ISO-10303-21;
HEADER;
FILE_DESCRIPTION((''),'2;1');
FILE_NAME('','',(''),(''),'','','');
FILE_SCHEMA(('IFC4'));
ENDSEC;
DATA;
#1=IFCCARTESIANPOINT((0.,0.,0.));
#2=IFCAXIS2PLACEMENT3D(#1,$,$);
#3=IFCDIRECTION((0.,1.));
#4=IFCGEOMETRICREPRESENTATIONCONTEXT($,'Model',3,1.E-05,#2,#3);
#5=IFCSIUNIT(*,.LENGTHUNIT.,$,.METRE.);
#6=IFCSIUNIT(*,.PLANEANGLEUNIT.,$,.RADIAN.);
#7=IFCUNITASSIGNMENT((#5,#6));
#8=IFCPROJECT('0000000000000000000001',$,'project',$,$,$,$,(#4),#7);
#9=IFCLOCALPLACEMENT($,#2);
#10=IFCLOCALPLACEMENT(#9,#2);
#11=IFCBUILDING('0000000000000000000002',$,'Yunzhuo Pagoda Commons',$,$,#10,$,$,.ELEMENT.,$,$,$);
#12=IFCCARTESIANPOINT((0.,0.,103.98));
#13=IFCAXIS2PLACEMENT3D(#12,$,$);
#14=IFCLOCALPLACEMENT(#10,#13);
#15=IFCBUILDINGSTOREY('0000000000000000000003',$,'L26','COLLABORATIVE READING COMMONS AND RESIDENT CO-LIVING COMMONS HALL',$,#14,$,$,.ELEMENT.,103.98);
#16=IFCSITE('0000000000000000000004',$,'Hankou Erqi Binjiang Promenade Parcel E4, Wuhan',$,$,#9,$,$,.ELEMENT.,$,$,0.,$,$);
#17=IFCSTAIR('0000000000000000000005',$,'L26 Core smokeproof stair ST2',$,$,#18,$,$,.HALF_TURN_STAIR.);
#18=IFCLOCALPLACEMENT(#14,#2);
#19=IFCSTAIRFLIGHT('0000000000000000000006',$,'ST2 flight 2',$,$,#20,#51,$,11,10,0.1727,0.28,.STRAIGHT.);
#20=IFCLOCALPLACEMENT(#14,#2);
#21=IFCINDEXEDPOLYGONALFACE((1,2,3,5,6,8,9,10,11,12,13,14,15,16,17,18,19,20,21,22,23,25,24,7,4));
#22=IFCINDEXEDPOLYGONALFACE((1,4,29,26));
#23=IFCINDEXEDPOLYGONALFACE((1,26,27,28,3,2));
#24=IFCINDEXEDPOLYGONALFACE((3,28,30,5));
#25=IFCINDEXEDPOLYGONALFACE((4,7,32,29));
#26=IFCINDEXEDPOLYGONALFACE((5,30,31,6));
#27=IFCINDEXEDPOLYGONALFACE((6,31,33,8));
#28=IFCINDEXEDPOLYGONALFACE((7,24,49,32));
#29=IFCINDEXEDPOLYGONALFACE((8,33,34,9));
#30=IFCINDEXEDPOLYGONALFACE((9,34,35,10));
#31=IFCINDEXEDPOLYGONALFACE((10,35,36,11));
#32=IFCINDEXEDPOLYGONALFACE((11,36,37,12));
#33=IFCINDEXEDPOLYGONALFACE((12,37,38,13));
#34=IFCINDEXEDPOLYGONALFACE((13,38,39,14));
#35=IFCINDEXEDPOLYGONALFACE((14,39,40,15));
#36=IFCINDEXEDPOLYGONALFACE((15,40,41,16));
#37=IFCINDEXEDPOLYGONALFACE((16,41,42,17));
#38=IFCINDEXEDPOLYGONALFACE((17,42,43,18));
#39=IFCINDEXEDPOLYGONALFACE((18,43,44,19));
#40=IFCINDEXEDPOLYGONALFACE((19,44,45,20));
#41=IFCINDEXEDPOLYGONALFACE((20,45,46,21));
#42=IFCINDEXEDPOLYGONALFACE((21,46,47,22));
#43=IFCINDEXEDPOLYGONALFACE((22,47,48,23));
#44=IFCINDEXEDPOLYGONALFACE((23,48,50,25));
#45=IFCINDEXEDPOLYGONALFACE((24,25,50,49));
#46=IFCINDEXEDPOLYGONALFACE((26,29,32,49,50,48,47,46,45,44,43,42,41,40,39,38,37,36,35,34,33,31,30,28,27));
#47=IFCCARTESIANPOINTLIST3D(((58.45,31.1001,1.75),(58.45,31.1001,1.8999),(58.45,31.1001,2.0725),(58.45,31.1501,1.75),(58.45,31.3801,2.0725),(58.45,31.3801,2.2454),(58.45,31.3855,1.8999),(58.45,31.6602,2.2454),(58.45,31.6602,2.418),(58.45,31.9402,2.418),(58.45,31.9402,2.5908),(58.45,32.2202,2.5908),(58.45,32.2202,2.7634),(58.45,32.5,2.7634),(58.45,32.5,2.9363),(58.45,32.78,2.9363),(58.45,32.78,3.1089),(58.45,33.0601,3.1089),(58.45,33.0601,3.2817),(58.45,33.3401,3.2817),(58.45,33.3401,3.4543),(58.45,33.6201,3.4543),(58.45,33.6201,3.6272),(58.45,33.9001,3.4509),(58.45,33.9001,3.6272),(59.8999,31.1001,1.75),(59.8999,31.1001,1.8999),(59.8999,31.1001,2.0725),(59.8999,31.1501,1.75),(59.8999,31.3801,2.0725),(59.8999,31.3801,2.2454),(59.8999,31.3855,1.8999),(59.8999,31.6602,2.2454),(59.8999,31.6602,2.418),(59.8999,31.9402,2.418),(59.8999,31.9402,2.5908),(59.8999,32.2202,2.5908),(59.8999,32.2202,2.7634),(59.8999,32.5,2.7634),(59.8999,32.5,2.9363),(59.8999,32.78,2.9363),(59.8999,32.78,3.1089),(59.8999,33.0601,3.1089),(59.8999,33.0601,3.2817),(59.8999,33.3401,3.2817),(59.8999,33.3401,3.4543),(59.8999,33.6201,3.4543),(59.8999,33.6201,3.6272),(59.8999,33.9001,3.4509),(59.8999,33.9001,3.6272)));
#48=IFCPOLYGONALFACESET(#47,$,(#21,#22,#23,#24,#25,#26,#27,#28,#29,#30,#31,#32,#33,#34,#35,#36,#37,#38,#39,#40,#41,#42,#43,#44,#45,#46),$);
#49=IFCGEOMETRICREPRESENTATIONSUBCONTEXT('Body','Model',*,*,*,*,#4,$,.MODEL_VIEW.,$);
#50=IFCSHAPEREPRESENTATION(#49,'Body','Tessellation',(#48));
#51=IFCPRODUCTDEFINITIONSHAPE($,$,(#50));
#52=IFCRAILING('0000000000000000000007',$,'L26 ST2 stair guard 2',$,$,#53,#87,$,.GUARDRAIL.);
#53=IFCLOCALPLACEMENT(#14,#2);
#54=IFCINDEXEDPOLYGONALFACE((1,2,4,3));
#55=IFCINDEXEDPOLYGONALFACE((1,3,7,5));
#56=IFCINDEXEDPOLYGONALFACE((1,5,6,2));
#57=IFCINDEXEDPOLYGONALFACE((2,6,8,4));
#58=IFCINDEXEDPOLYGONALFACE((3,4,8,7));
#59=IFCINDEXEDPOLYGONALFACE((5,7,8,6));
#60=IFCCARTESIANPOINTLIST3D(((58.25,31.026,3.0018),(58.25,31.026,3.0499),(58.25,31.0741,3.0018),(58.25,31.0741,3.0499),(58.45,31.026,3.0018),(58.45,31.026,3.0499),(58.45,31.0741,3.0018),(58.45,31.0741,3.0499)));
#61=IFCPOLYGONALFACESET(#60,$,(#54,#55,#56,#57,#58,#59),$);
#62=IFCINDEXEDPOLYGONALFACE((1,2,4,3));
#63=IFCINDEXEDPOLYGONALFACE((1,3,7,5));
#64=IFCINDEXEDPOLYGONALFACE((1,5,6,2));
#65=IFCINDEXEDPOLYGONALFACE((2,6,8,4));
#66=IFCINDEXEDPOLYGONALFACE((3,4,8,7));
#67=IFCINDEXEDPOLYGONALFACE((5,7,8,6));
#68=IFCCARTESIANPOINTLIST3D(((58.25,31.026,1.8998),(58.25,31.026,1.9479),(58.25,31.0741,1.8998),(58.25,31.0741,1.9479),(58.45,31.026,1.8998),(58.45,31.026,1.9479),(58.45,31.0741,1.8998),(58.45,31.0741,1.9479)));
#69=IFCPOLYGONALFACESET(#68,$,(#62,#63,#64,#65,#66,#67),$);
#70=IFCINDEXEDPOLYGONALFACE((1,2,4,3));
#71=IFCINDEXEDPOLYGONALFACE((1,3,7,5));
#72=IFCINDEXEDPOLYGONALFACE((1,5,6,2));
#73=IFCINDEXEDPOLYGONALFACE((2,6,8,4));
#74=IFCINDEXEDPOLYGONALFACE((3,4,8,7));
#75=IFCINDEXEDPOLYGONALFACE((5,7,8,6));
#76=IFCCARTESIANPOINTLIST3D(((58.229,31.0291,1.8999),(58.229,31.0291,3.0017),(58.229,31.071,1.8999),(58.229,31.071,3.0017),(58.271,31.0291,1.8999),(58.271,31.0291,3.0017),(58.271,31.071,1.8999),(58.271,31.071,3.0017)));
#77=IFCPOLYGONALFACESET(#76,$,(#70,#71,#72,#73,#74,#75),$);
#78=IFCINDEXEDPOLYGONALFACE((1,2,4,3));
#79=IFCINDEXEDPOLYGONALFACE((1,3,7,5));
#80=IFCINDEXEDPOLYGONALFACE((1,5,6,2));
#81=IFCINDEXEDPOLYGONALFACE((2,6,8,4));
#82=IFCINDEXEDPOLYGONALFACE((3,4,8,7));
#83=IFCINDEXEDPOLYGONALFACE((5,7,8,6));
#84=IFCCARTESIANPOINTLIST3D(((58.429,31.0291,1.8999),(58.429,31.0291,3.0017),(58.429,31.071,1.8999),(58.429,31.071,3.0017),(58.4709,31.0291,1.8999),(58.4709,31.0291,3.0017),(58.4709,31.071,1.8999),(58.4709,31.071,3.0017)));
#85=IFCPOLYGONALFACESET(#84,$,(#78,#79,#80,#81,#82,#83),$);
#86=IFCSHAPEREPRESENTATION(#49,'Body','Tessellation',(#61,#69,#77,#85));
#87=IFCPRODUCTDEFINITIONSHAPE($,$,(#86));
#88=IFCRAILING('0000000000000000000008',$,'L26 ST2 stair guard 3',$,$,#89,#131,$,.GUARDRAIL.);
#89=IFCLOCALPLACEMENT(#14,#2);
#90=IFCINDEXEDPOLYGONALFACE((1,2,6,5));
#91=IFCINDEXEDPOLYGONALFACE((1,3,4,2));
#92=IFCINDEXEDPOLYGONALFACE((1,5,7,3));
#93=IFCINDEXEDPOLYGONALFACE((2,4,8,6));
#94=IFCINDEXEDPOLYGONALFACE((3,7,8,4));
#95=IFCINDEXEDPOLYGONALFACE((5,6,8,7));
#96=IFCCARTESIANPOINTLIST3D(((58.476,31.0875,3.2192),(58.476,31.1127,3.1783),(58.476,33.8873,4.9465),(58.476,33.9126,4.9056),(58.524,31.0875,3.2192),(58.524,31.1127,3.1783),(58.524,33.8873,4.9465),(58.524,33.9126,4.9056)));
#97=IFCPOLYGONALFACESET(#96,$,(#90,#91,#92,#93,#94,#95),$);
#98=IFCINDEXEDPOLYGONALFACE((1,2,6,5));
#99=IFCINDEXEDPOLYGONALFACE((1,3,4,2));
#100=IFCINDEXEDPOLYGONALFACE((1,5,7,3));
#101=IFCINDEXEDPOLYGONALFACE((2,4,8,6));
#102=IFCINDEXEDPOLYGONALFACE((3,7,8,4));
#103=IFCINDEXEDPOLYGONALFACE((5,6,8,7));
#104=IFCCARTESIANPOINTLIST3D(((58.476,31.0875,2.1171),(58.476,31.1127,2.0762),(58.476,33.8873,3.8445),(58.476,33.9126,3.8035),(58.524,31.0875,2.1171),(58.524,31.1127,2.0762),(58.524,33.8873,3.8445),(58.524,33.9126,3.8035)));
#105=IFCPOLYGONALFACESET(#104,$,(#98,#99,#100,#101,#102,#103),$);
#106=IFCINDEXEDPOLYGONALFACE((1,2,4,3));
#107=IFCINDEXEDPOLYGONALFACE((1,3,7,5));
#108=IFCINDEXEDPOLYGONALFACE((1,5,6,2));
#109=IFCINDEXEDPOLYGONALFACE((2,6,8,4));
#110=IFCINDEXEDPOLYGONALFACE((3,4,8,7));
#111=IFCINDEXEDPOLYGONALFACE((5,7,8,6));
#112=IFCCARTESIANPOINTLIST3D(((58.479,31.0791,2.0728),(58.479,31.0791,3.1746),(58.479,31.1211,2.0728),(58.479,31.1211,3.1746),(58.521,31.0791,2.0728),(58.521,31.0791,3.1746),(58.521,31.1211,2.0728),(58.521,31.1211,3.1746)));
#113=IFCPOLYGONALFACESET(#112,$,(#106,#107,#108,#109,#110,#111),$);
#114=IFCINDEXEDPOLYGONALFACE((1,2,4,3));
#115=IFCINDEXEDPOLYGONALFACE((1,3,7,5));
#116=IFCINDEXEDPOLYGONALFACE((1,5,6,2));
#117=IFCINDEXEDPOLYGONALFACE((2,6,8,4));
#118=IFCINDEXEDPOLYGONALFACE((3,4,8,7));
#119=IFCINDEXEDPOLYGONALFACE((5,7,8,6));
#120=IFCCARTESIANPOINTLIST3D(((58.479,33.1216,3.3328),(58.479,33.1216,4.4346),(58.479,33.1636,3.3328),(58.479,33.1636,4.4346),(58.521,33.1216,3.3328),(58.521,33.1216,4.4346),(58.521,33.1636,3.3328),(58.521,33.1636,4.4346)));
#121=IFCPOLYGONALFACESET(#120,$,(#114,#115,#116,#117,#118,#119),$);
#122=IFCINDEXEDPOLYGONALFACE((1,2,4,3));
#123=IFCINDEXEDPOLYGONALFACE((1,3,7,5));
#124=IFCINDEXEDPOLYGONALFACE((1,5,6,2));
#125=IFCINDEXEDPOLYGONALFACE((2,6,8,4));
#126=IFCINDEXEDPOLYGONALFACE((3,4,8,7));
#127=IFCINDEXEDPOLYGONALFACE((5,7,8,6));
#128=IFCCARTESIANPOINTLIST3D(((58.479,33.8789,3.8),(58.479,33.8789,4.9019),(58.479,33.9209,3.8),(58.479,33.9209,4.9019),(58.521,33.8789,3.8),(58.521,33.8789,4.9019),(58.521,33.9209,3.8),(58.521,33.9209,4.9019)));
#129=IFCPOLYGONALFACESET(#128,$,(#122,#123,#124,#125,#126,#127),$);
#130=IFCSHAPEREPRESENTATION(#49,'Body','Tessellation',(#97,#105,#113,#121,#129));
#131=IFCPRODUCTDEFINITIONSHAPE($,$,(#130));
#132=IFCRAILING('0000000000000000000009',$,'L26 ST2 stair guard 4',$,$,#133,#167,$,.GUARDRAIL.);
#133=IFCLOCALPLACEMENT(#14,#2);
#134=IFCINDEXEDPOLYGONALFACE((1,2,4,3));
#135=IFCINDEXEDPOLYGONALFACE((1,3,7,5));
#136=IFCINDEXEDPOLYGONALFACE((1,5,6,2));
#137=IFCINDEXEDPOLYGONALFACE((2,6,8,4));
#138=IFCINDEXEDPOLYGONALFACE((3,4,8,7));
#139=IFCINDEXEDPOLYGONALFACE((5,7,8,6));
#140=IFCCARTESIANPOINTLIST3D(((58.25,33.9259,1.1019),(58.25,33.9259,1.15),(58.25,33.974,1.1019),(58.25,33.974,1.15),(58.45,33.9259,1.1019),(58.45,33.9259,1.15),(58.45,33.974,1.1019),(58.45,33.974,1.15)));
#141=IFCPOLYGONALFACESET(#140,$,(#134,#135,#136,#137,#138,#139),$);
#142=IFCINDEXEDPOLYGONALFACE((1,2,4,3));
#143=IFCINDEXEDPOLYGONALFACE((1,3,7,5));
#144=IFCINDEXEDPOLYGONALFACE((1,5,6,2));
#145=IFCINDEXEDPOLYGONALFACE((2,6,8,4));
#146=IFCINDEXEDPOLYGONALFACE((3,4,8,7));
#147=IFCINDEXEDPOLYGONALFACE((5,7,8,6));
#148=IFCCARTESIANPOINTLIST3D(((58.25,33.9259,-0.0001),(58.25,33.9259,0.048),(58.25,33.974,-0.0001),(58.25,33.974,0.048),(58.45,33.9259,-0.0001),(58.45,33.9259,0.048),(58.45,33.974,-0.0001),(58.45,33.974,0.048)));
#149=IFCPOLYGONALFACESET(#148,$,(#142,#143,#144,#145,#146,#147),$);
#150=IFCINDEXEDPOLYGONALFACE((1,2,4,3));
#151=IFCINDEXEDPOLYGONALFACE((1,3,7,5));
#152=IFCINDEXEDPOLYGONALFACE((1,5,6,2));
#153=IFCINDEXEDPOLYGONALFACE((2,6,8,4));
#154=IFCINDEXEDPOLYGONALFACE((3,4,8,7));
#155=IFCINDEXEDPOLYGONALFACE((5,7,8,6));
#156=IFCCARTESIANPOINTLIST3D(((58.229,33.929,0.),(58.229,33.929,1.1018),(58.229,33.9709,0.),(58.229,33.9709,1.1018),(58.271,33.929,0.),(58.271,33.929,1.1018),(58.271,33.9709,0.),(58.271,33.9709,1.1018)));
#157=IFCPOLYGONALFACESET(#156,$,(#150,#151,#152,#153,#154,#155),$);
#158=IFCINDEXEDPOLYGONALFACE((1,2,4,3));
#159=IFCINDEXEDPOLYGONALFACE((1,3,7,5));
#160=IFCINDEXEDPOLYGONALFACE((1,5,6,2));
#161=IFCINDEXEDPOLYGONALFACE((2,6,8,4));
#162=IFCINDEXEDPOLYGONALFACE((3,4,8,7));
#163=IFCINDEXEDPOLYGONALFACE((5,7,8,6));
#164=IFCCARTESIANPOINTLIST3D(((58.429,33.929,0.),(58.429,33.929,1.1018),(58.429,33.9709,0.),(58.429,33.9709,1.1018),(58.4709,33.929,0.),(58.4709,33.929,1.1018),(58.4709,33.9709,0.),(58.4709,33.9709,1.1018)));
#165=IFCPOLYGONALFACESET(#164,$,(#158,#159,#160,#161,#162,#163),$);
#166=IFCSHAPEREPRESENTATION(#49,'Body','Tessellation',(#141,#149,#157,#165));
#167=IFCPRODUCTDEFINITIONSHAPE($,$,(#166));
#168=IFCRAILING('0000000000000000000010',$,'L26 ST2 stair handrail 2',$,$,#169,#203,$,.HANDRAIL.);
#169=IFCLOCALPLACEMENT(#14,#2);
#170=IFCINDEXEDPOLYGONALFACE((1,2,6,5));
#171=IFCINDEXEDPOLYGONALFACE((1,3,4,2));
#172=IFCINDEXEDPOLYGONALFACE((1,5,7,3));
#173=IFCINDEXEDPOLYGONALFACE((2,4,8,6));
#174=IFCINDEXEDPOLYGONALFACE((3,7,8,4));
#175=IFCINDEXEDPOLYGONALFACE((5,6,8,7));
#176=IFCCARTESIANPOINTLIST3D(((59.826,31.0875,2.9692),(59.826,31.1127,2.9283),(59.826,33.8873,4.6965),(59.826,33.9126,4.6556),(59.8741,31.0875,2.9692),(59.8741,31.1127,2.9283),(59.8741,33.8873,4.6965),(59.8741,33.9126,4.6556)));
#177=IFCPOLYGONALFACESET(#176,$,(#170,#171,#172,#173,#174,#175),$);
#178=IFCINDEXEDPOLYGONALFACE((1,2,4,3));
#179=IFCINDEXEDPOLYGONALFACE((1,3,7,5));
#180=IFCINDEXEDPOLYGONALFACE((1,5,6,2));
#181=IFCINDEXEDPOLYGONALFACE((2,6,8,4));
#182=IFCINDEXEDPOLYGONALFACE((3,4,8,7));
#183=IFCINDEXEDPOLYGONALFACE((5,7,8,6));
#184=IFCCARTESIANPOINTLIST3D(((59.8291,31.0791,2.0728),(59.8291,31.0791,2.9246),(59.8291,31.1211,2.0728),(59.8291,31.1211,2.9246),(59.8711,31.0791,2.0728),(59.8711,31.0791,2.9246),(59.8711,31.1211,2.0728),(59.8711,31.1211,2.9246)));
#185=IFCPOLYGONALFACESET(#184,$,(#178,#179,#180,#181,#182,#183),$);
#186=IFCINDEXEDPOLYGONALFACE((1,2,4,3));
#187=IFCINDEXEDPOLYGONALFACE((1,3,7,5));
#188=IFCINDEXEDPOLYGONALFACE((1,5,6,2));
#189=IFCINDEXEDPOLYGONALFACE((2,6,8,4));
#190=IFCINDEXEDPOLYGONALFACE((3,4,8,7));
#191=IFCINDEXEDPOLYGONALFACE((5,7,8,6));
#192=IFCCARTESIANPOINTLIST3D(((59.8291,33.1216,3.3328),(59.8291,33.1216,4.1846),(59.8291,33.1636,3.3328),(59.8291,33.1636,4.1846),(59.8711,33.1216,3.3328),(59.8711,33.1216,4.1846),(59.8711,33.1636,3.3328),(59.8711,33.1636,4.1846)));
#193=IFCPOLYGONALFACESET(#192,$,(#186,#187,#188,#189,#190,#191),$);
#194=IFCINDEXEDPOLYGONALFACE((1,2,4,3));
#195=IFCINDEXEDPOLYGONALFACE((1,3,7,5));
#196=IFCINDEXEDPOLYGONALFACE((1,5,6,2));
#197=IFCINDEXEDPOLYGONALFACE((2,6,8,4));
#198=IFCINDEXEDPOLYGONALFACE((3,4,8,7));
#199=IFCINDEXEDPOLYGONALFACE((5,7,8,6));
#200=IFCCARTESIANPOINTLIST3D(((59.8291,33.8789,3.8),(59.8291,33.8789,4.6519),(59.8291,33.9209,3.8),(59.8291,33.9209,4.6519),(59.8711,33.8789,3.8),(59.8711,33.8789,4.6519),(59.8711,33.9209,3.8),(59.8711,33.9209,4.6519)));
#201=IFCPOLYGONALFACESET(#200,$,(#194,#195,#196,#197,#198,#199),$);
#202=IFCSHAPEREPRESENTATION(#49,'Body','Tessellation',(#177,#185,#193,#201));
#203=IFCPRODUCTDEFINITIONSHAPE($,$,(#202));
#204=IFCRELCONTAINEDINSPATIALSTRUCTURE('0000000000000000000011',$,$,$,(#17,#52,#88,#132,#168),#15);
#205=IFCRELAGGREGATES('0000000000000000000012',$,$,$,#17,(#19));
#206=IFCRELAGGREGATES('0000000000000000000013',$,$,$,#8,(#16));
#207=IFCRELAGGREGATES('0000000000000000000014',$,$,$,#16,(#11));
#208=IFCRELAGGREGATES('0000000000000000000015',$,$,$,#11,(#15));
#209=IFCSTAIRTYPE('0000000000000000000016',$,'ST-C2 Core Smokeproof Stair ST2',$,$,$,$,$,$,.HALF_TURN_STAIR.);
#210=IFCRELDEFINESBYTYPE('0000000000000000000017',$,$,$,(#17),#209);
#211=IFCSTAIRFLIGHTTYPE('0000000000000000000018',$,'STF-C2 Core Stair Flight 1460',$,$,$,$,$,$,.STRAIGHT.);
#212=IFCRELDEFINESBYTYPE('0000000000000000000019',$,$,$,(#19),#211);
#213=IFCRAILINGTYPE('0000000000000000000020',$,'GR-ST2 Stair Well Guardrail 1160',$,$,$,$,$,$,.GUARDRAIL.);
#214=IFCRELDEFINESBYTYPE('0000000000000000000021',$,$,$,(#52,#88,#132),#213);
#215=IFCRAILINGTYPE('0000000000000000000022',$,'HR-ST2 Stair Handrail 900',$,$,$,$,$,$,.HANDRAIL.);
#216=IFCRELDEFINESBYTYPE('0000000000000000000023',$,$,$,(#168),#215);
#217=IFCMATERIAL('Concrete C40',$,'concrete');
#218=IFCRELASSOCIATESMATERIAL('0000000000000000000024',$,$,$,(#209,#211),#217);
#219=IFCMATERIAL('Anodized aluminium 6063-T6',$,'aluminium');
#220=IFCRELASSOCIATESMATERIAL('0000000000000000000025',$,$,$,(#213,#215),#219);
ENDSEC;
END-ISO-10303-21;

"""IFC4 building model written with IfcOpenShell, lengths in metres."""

from ifc_helpers import new_model, si_unit, direction, frame, origin, origin_2d, place, context, subcontext, project, spatial, polyline, rectangle, outline, extrude, source, transform, mapped, material, type_object, element, aggregate, save


model = new_model("IFC4")

# Units and contexts
model_context = context("Model", 3, precision=1e-05, world=origin(), true_north=direction((0.0, 1.0)))
body_context = subcontext(model_context, "Body", "Model", "MODEL_VIEW")
ifc_project = project(units=[si_unit("LENGTHUNIT", "METRE"), si_unit("PLANEANGLEUNIT", "RADIAN")], contexts=[model_context])

# Site, building, storey
site_placement = place(None, origin())
site = spatial("IfcSite", under=ifc_project, at=site_placement, Name="Hankou Erqi Binjiang Promenade Parcel E4, Wuhan", CompositionType="ELEMENT", RefElevation=0.0)
building_placement = place(site_placement, origin())
building = spatial("IfcBuilding", under=site, at=building_placement, Name="Yunzhuo Pagoda Commons", CompositionType="ELEMENT")
storey_placement = place(building_placement, frame((0.0, 0.0, 103.98)))
storey = spatial("IfcBuildingStorey", under=building, at=storey_placement, Name="L26", Description="COLLABORATIVE READING COMMONS AND RESIDENT CO-LIVING COMMONS HALL", CompositionType="ELEMENT", Elevation=103.98)

# Shared definitions
ifc_material_1 = material(Name="Anodized aluminium 6063-T6", Category="aluminium")

# Stair, stair flight
ifc_material_2 = material(Name="Concrete C40", Category="concrete")
stair_type = type_object("IfcStairType", Name="ST-C2 Core Smokeproof Stair ST2", PredefinedType="HALF_TURN_STAIR", material=ifc_material_2)
stair_placement = place(storey_placement, origin())
stair = element("IfcStair", 1, at=stair_placement, inside=storey, type_object=stair_type, Name="L26 Core smokeproof stair ST2", PredefinedType="HALF_TURN_STAIR")
stair_flight_type = type_object("IfcStairFlightType", Name="STF-C2 Core Stair Flight 1460", PredefinedType="STRAIGHT", material=ifc_material_2)
shared_shape_1 = source(origin(), body_context, "Body", "SweptSolid", [
    extrude(outline(polyline([(0.0, -0.1499), (0.0, 0.0), (0.0, 0.1726), (0.28, 0.1726), (0.28, 0.3455), (0.5601, 0.3455), (0.5601, 0.5181), (0.8401, 0.5181), (0.8401, 0.6909), (1.1201, 0.6909), (1.1201, 0.8635), (1.3999, 0.8635), (1.3999, 1.0364), (1.6799, 1.0364), (1.6799, 1.209), (1.96, 1.209), (1.96, 1.3818), (2.24, 1.3818), (2.24, 1.5544), (2.52, 1.5544), (2.52, 1.7273), (2.8, 1.7273), (2.8, 1.8999), (2.8, 1.551), (0.2854, 0.0), (0.05, -0.1499), (0.0, -0.1499)])), frame((0.0, 0.7251, 0.0), z_axis=(0.0, -1.0, 0.0), x_axis=(1.0, 0.0, 0.0)), (0.0, 0.0, 1.0), 1.45),
])
stair_flight_placement = place(storey_placement, frame((59.175, 31.1001, 1.8999), z_axis=(0.0, 0.0, 1.0), x_axis=(0.0, 1.0, 0.0)))
stair_flight = element("IfcStairFlight", 2, at=stair_flight_placement, type_object=stair_flight_type, Name="ST2 flight 2", NumberOfRisers=11, NumberOfTreads=10, PredefinedType="STRAIGHT", RiserHeight=0.1727, TreadLength=0.28, context=body_context, shape_type="MappedRepresentation", body=[
    mapped(shared_shape_1, transform((0.0, 0.0, 0.0), scale=1.0)),
])
aggregate(stair, [stair_flight])

# Railings
railing_type_1 = type_object("IfcRailingType", Name="GR-ST2 Stair Well Guardrail 1160", PredefinedType="GUARDRAIL", material=ifc_material_1)
railing_1_placement = place(storey_placement, frame((58.25, 31.05, 1.8999)))
element("IfcRailing", 3, at=railing_1_placement, inside=storey, type_object=railing_type_1, Name="L26 ST2 stair guard 2", PredefinedType="GUARDRAIL", context=body_context, shape_type="SweptSolid", body=[
    extrude(rectangle(XDim=0.0481, YDim=0.0481, at=origin_2d()), frame((0.0, 0.0, 1.126), z_axis=(1.0, 0.0, 0.0), x_axis=(0.0, 1.0, 0.0)), (0.0, 0.0, 1.0), 0.2),
    extrude(rectangle(XDim=0.0481, YDim=0.0481, at=origin_2d()), frame((0.0, 0.0, 0.0239), z_axis=(1.0, 0.0, 0.0), x_axis=(0.0, 1.0, 0.0)), (0.0, 0.0, 1.0), 0.2),
    extrude(rectangle(XDim=0.042, YDim=0.042, at=origin_2d()), origin(), (0.0, 0.0, 1.0), 1.1018),
    extrude(rectangle(XDim=0.042, YDim=0.042, at=origin_2d()), frame((0.2, 0.0, 0.0)), (0.0, 0.0, 1.0), 1.1018),
])
railing_2_placement = place(storey_placement, frame((58.5, 31.1001, 2.0728)))
element("IfcRailing", 4, at=railing_2_placement, inside=storey, type_object=railing_type_1, Name="L26 ST2 stair guard 3", PredefinedType="GUARDRAIL", context=body_context, shape_type="SweptSolid", body=[
    extrude(rectangle(XDim=0.0481, YDim=0.0481, at=origin_2d()), frame((0.0, 0.0, 1.126), z_axis=(0.0, 0.851069, 0.525054), x_axis=(-1.0, 0.0, 0.0)), (0.0, 0.0, 1.0), 3.2898),
    extrude(rectangle(XDim=0.0481, YDim=0.0481, at=origin_2d()), frame((0.0, 0.0, 0.0239), z_axis=(0.0, 0.851069, 0.525054), x_axis=(-1.0, 0.0, 0.0)), (0.0, 0.0, 1.0), 3.2898),
    extrude(rectangle(XDim=0.042, YDim=0.042, at=origin_2d()), origin(), (0.0, 0.0, 1.0), 1.1018),
    extrude(rectangle(XDim=0.042, YDim=0.042, at=origin_2d()), frame((0.0, 2.0425, 1.26)), (0.0, 0.0, 1.0), 1.1018),
    extrude(rectangle(XDim=0.042, YDim=0.042, at=origin_2d()), frame((0.0, 2.7998, 1.7273)), (0.0, 0.0, 1.0), 1.1018),
])
railing_3_placement = place(storey_placement, frame((58.25, 33.95, 0.0)))
element("IfcRailing", 5, at=railing_3_placement, inside=storey, type_object=railing_type_1, Name="L26 ST2 stair guard 4", PredefinedType="GUARDRAIL", context=body_context, shape_type="SweptSolid", body=[
    extrude(rectangle(XDim=0.0481, YDim=0.0481, at=origin_2d()), frame((0.0, 0.0, 1.126), z_axis=(1.0, 0.0, 0.0), x_axis=(0.0, 1.0, 0.0)), (0.0, 0.0, 1.0), 0.2),
    extrude(rectangle(XDim=0.0481, YDim=0.0481, at=origin_2d()), frame((0.0, 0.0, 0.0239), z_axis=(1.0, 0.0, 0.0), x_axis=(0.0, 1.0, 0.0)), (0.0, 0.0, 1.0), 0.2),
    extrude(rectangle(XDim=0.042, YDim=0.042, at=origin_2d()), origin(), (0.0, 0.0, 1.0), 1.1018),
    extrude(rectangle(XDim=0.042, YDim=0.042, at=origin_2d()), frame((0.2, 0.0, 0.0)), (0.0, 0.0, 1.0), 1.1018),
])
railing_type_2 = type_object("IfcRailingType", Name="HR-ST2 Stair Handrail 900", PredefinedType="HANDRAIL", material=ifc_material_1)
railing_4_placement = place(storey_placement, frame((59.8501, 31.1001, 2.0728)))
element("IfcRailing", 6, at=railing_4_placement, inside=storey, type_object=railing_type_2, Name="L26 ST2 stair handrail 2", PredefinedType="HANDRAIL", context=body_context, shape_type="SweptSolid", body=[
    extrude(rectangle(XDim=0.0481, YDim=0.0481, at=origin_2d()), frame((0.0, 0.0, 0.876), z_axis=(0.0, 0.851069, 0.525054), x_axis=(-1.0, 0.0, 0.0)), (0.0, 0.0, 1.0), 3.2898),
    extrude(rectangle(XDim=0.042, YDim=0.042, at=origin_2d()), origin(), (0.0, 0.0, 1.0), 0.8518),
    extrude(rectangle(XDim=0.042, YDim=0.042, at=origin_2d()), frame((0.0, 2.0425, 1.26)), (0.0, 0.0, 1.0), 0.8518),
    extrude(rectangle(XDim=0.042, YDim=0.042, at=origin_2d()), frame((0.0, 2.7998, 1.7273)), (0.0, 0.0, 1.0), 0.8518),
])

save(model, "model.ifc")
